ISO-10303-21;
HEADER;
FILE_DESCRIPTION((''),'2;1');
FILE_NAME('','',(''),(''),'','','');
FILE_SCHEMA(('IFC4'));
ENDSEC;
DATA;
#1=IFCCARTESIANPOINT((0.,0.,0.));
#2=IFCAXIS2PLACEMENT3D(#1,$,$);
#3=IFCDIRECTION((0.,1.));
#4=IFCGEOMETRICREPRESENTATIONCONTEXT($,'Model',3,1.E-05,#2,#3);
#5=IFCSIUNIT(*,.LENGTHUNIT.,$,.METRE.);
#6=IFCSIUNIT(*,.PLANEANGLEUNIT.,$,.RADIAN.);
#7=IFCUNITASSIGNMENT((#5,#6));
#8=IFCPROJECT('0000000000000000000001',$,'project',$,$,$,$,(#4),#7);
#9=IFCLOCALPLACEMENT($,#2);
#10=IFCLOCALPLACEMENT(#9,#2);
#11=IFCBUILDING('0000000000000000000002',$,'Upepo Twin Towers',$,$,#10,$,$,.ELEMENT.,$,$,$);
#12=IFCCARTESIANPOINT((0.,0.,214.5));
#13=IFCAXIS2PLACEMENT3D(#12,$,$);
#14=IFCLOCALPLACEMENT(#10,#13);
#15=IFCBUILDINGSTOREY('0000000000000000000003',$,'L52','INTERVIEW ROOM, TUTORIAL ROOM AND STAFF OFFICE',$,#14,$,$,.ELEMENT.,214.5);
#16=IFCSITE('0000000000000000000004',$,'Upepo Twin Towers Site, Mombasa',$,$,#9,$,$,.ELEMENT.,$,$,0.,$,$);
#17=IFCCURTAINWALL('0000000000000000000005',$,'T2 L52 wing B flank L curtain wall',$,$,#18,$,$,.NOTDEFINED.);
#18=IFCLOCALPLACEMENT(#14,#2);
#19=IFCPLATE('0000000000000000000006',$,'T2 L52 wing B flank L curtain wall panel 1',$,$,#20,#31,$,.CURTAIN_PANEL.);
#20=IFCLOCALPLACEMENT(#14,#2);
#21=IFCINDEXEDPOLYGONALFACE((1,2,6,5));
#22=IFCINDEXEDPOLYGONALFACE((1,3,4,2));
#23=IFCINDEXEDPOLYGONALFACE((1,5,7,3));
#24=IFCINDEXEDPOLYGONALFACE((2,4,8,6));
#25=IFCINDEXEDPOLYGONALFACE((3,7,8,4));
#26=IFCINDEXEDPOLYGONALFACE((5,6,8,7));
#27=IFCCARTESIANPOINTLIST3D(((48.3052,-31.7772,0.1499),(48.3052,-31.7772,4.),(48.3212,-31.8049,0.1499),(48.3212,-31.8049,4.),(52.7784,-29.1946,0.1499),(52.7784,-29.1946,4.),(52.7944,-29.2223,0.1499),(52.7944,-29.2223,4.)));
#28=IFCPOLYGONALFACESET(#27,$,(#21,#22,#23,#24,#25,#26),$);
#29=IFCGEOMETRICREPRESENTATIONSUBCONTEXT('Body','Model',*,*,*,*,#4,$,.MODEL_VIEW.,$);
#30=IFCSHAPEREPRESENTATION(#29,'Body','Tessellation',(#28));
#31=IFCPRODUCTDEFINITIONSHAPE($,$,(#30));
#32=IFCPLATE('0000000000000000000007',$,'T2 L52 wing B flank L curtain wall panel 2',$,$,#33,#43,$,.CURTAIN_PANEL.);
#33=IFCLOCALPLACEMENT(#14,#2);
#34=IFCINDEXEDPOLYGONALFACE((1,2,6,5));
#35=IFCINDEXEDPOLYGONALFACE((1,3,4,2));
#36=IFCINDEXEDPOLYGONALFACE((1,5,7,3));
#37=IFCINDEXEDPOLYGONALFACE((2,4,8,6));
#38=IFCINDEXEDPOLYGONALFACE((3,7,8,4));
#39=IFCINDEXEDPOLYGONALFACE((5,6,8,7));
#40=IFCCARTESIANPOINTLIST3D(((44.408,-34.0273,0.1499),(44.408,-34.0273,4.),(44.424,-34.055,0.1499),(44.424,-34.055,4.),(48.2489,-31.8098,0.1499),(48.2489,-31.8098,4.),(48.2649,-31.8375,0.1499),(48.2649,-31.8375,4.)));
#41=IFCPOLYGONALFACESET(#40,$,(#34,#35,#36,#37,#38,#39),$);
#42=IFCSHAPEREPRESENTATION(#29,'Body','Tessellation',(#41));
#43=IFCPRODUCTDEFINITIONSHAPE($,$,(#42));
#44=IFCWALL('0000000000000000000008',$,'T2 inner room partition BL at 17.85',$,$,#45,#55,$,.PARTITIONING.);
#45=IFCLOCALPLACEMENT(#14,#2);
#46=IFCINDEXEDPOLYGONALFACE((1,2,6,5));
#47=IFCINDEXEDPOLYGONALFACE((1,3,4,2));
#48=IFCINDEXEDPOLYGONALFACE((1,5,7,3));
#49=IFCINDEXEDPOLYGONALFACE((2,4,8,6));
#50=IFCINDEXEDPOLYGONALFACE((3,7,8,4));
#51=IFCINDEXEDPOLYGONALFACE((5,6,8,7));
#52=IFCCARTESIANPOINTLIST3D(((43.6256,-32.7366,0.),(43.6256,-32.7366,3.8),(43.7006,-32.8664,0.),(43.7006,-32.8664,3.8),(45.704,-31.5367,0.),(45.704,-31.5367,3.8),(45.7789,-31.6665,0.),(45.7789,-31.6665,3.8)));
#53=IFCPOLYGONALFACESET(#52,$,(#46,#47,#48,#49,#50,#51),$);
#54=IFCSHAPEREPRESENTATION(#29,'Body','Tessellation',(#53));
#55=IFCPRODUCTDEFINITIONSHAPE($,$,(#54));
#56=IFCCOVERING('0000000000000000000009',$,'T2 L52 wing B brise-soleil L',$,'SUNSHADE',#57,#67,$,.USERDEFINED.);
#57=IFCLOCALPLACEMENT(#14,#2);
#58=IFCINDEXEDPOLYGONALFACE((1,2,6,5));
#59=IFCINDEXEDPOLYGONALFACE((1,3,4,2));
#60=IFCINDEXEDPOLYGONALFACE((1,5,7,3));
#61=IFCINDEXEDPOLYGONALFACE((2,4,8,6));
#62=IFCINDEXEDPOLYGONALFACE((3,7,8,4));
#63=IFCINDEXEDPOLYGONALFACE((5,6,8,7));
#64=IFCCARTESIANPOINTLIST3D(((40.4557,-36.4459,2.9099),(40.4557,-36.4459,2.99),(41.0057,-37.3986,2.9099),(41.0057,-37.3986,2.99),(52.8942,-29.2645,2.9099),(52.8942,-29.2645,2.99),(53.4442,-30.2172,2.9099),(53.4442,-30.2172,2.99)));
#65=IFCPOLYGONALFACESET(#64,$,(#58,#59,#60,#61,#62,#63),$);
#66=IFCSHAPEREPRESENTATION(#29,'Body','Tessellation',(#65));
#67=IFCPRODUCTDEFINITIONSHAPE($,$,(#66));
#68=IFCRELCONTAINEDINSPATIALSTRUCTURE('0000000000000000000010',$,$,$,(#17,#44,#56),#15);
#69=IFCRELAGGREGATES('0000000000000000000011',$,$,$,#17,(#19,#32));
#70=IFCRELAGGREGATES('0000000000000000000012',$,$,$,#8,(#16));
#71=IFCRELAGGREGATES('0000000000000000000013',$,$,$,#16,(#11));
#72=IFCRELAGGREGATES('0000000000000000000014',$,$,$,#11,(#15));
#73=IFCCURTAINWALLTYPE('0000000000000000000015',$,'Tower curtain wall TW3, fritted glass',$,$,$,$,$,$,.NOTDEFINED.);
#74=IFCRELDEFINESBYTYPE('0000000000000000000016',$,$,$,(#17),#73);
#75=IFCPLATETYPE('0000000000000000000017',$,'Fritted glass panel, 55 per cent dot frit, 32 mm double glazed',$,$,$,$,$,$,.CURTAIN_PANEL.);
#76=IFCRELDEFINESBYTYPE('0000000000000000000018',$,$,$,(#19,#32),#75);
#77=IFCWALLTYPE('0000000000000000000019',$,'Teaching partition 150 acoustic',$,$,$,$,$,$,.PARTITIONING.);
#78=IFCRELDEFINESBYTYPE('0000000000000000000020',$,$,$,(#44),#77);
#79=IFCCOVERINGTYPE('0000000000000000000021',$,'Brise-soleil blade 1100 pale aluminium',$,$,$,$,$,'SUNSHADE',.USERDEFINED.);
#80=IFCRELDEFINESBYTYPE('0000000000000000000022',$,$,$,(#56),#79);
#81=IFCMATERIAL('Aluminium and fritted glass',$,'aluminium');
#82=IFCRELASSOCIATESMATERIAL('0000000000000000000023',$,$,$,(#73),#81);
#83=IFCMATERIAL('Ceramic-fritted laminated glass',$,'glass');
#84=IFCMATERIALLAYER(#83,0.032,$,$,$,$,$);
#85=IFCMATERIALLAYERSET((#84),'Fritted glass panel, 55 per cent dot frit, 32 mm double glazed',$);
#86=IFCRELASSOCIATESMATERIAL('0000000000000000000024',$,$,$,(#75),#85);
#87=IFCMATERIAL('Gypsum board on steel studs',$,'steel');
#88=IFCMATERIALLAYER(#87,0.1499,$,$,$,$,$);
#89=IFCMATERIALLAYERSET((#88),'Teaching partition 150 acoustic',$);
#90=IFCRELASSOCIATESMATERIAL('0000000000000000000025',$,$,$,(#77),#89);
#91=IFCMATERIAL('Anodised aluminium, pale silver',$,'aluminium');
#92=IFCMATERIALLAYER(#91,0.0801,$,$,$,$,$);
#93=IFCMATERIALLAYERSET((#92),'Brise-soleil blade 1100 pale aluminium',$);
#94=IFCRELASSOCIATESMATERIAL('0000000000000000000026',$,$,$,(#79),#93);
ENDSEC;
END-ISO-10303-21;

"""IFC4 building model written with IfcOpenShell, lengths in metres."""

from ifc_helpers import new_model, si_unit, direction, frame, frame_2d, origin, origin_2d, place, context, subcontext, project, spatial, rectangle, extrude, material, layer, layer_set, type_object, element, aggregate, save


model = new_model("IFC4")

# Units and contexts
model_context = context("Model", 3, precision=1e-05, world=origin(), true_north=direction((0.0, 1.0)))
body_context = subcontext(model_context, "Body", "Model", "MODEL_VIEW")
ifc_project = project(units=[si_unit("LENGTHUNIT", "METRE"), si_unit("PLANEANGLEUNIT", "RADIAN")], contexts=[model_context])

# Site, building, storey
site_placement = place(None, origin())
site = spatial("IfcSite", under=ifc_project, at=site_placement, Name="Upepo Twin Towers Site, Mombasa", CompositionType="ELEMENT", RefElevation=0.0)
building_placement = place(site_placement, origin())
building = spatial("IfcBuilding", under=site, at=building_placement, Name="Upepo Twin Towers", CompositionType="ELEMENT")
storey_placement = place(building_placement, frame((0.0, 0.0, 214.5)))
storey = spatial("IfcBuildingStorey", under=building, at=storey_placement, Name="L52", Description="INTERVIEW ROOM, TUTORIAL ROOM AND STAFF OFFICE", CompositionType="ELEMENT", Elevation=214.5)

# Curtain wall, plates
ifc_material_1 = material(Name="Aluminium and fritted glass", Category="aluminium")
curtain_wall_type = type_object("IfcCurtainWallType", Name="Tower curtain wall TW3, fritted glass", PredefinedType="NOTDEFINED", material=ifc_material_1)
curtain_wall_placement = place(storey_placement, origin())
curtain_wall = element("IfcCurtainWall", 1, at=curtain_wall_placement, inside=storey, type_object=curtain_wall_type, Name="T2 L52 wing B flank L curtain wall", PredefinedType="NOTDEFINED")
ifc_material_2 = material(Name="Ceramic-fritted laminated glass", Category="glass")
ifc_layer_1 = layer(ifc_material_2, 0.032)
ifc_layer_set_1 = layer_set([ifc_layer_1], Name="Fritted glass panel, 55 per cent dot frit, 32 mm double glazed")
plate_type = type_object("IfcPlateType", Name="Fritted glass panel, 55 per cent dot frit, 32 mm double glazed", PredefinedType="CURTAIN_PANEL", material=ifc_layer_set_1)
plate_1_placement = place(storey_placement, frame((50.5498, -30.4998, 0.1499), z_axis=(0.0, 0.0, 1.0), x_axis=(-0.866025, -0.5, 0.0)))
plate_1 = element("IfcPlate", 2, at=plate_1_placement, type_object=plate_type, Name="T2 L52 wing B flank L curtain wall panel 1", PredefinedType="CURTAIN_PANEL", context=body_context, shape_type="SweptSolid", body=[
    extrude(rectangle(XDim=5.1653, YDim=0.032, at=origin_2d()), origin(), (0.0, 0.0, 1.0), 3.8501),
])
plate_2_placement = place(storey_placement, frame((46.3364, -32.9324, 0.1499), z_axis=(0.0, 0.0, 1.0), x_axis=(-0.866025, -0.5, 0.0)))
plate_2 = element("IfcPlate", 3, at=plate_2_placement, type_object=plate_type, Name="T2 L52 wing B flank L curtain wall panel 2", PredefinedType="CURTAIN_PANEL", context=body_context, shape_type="SweptSolid", body=[
    extrude(rectangle(XDim=4.4351, YDim=0.032, at=origin_2d()), origin(), (0.0, 0.0, 1.0), 3.8501),
])
aggregate(curtain_wall, [plate_1, plate_2])

# Wall
ifc_material_3 = material(Name="Gypsum board on steel studs", Category="steel")
ifc_layer_2 = layer(ifc_material_3, 0.1499)
ifc_layer_set_2 = layer_set([ifc_layer_2], Name="Teaching partition 150 acoustic")
wall_type = type_object("IfcWallType", Name="Teaching partition 150 acoustic", PredefinedType="PARTITIONING", material=ifc_layer_set_2)
wall_placement = place(storey_placement, frame((45.7415, -31.6016, 0.0), z_axis=(0.0, 0.0, 1.0), x_axis=(-0.866025, -0.500001, 0.0)))
element("IfcWall", 4, at=wall_placement, inside=storey, type_object=wall_type, Name="T2 inner room partition BL at 17.85", PredefinedType="PARTITIONING", context=body_context, shape_type="SweptSolid", body=[
    extrude(rectangle(XDim=2.3999, YDim=0.1499, at=frame_2d((1.2, 0.0))), origin(), (0.0, 0.0, 1.0), 3.8),
])

# Covering
ifc_material_4 = material(Name="Anodised aluminium, pale silver", Category="aluminium")
ifc_layer_3 = layer(ifc_material_4, 0.0801)
ifc_layer_set_3 = layer_set([ifc_layer_3], Name="Brise-soleil blade 1100 pale aluminium")
covering_type = type_object("IfcCoveringType", Name="Brise-soleil blade 1100 pale aluminium", ElementType="SUNSHADE", PredefinedType="USERDEFINED", material=ifc_layer_set_3)
covering_placement = place(storey_placement, frame((46.95, -33.3315, 2.9099), z_axis=(0.0, 0.0, 1.0), x_axis=(-0.866025, -0.5, 0.0)))
element("IfcCovering", 5, at=covering_placement, inside=storey, type_object=covering_type, Name="T2 L52 wing B brise-soleil L", ObjectType="SUNSHADE", PredefinedType="USERDEFINED", context=body_context, shape_type="SweptSolid", body=[
    extrude(rectangle(XDim=14.3628, YDim=1.1001, at=origin_2d()), origin(), (0.0, 0.0, 1.0), 0.0801),
])

save(model, "model.ifc")
